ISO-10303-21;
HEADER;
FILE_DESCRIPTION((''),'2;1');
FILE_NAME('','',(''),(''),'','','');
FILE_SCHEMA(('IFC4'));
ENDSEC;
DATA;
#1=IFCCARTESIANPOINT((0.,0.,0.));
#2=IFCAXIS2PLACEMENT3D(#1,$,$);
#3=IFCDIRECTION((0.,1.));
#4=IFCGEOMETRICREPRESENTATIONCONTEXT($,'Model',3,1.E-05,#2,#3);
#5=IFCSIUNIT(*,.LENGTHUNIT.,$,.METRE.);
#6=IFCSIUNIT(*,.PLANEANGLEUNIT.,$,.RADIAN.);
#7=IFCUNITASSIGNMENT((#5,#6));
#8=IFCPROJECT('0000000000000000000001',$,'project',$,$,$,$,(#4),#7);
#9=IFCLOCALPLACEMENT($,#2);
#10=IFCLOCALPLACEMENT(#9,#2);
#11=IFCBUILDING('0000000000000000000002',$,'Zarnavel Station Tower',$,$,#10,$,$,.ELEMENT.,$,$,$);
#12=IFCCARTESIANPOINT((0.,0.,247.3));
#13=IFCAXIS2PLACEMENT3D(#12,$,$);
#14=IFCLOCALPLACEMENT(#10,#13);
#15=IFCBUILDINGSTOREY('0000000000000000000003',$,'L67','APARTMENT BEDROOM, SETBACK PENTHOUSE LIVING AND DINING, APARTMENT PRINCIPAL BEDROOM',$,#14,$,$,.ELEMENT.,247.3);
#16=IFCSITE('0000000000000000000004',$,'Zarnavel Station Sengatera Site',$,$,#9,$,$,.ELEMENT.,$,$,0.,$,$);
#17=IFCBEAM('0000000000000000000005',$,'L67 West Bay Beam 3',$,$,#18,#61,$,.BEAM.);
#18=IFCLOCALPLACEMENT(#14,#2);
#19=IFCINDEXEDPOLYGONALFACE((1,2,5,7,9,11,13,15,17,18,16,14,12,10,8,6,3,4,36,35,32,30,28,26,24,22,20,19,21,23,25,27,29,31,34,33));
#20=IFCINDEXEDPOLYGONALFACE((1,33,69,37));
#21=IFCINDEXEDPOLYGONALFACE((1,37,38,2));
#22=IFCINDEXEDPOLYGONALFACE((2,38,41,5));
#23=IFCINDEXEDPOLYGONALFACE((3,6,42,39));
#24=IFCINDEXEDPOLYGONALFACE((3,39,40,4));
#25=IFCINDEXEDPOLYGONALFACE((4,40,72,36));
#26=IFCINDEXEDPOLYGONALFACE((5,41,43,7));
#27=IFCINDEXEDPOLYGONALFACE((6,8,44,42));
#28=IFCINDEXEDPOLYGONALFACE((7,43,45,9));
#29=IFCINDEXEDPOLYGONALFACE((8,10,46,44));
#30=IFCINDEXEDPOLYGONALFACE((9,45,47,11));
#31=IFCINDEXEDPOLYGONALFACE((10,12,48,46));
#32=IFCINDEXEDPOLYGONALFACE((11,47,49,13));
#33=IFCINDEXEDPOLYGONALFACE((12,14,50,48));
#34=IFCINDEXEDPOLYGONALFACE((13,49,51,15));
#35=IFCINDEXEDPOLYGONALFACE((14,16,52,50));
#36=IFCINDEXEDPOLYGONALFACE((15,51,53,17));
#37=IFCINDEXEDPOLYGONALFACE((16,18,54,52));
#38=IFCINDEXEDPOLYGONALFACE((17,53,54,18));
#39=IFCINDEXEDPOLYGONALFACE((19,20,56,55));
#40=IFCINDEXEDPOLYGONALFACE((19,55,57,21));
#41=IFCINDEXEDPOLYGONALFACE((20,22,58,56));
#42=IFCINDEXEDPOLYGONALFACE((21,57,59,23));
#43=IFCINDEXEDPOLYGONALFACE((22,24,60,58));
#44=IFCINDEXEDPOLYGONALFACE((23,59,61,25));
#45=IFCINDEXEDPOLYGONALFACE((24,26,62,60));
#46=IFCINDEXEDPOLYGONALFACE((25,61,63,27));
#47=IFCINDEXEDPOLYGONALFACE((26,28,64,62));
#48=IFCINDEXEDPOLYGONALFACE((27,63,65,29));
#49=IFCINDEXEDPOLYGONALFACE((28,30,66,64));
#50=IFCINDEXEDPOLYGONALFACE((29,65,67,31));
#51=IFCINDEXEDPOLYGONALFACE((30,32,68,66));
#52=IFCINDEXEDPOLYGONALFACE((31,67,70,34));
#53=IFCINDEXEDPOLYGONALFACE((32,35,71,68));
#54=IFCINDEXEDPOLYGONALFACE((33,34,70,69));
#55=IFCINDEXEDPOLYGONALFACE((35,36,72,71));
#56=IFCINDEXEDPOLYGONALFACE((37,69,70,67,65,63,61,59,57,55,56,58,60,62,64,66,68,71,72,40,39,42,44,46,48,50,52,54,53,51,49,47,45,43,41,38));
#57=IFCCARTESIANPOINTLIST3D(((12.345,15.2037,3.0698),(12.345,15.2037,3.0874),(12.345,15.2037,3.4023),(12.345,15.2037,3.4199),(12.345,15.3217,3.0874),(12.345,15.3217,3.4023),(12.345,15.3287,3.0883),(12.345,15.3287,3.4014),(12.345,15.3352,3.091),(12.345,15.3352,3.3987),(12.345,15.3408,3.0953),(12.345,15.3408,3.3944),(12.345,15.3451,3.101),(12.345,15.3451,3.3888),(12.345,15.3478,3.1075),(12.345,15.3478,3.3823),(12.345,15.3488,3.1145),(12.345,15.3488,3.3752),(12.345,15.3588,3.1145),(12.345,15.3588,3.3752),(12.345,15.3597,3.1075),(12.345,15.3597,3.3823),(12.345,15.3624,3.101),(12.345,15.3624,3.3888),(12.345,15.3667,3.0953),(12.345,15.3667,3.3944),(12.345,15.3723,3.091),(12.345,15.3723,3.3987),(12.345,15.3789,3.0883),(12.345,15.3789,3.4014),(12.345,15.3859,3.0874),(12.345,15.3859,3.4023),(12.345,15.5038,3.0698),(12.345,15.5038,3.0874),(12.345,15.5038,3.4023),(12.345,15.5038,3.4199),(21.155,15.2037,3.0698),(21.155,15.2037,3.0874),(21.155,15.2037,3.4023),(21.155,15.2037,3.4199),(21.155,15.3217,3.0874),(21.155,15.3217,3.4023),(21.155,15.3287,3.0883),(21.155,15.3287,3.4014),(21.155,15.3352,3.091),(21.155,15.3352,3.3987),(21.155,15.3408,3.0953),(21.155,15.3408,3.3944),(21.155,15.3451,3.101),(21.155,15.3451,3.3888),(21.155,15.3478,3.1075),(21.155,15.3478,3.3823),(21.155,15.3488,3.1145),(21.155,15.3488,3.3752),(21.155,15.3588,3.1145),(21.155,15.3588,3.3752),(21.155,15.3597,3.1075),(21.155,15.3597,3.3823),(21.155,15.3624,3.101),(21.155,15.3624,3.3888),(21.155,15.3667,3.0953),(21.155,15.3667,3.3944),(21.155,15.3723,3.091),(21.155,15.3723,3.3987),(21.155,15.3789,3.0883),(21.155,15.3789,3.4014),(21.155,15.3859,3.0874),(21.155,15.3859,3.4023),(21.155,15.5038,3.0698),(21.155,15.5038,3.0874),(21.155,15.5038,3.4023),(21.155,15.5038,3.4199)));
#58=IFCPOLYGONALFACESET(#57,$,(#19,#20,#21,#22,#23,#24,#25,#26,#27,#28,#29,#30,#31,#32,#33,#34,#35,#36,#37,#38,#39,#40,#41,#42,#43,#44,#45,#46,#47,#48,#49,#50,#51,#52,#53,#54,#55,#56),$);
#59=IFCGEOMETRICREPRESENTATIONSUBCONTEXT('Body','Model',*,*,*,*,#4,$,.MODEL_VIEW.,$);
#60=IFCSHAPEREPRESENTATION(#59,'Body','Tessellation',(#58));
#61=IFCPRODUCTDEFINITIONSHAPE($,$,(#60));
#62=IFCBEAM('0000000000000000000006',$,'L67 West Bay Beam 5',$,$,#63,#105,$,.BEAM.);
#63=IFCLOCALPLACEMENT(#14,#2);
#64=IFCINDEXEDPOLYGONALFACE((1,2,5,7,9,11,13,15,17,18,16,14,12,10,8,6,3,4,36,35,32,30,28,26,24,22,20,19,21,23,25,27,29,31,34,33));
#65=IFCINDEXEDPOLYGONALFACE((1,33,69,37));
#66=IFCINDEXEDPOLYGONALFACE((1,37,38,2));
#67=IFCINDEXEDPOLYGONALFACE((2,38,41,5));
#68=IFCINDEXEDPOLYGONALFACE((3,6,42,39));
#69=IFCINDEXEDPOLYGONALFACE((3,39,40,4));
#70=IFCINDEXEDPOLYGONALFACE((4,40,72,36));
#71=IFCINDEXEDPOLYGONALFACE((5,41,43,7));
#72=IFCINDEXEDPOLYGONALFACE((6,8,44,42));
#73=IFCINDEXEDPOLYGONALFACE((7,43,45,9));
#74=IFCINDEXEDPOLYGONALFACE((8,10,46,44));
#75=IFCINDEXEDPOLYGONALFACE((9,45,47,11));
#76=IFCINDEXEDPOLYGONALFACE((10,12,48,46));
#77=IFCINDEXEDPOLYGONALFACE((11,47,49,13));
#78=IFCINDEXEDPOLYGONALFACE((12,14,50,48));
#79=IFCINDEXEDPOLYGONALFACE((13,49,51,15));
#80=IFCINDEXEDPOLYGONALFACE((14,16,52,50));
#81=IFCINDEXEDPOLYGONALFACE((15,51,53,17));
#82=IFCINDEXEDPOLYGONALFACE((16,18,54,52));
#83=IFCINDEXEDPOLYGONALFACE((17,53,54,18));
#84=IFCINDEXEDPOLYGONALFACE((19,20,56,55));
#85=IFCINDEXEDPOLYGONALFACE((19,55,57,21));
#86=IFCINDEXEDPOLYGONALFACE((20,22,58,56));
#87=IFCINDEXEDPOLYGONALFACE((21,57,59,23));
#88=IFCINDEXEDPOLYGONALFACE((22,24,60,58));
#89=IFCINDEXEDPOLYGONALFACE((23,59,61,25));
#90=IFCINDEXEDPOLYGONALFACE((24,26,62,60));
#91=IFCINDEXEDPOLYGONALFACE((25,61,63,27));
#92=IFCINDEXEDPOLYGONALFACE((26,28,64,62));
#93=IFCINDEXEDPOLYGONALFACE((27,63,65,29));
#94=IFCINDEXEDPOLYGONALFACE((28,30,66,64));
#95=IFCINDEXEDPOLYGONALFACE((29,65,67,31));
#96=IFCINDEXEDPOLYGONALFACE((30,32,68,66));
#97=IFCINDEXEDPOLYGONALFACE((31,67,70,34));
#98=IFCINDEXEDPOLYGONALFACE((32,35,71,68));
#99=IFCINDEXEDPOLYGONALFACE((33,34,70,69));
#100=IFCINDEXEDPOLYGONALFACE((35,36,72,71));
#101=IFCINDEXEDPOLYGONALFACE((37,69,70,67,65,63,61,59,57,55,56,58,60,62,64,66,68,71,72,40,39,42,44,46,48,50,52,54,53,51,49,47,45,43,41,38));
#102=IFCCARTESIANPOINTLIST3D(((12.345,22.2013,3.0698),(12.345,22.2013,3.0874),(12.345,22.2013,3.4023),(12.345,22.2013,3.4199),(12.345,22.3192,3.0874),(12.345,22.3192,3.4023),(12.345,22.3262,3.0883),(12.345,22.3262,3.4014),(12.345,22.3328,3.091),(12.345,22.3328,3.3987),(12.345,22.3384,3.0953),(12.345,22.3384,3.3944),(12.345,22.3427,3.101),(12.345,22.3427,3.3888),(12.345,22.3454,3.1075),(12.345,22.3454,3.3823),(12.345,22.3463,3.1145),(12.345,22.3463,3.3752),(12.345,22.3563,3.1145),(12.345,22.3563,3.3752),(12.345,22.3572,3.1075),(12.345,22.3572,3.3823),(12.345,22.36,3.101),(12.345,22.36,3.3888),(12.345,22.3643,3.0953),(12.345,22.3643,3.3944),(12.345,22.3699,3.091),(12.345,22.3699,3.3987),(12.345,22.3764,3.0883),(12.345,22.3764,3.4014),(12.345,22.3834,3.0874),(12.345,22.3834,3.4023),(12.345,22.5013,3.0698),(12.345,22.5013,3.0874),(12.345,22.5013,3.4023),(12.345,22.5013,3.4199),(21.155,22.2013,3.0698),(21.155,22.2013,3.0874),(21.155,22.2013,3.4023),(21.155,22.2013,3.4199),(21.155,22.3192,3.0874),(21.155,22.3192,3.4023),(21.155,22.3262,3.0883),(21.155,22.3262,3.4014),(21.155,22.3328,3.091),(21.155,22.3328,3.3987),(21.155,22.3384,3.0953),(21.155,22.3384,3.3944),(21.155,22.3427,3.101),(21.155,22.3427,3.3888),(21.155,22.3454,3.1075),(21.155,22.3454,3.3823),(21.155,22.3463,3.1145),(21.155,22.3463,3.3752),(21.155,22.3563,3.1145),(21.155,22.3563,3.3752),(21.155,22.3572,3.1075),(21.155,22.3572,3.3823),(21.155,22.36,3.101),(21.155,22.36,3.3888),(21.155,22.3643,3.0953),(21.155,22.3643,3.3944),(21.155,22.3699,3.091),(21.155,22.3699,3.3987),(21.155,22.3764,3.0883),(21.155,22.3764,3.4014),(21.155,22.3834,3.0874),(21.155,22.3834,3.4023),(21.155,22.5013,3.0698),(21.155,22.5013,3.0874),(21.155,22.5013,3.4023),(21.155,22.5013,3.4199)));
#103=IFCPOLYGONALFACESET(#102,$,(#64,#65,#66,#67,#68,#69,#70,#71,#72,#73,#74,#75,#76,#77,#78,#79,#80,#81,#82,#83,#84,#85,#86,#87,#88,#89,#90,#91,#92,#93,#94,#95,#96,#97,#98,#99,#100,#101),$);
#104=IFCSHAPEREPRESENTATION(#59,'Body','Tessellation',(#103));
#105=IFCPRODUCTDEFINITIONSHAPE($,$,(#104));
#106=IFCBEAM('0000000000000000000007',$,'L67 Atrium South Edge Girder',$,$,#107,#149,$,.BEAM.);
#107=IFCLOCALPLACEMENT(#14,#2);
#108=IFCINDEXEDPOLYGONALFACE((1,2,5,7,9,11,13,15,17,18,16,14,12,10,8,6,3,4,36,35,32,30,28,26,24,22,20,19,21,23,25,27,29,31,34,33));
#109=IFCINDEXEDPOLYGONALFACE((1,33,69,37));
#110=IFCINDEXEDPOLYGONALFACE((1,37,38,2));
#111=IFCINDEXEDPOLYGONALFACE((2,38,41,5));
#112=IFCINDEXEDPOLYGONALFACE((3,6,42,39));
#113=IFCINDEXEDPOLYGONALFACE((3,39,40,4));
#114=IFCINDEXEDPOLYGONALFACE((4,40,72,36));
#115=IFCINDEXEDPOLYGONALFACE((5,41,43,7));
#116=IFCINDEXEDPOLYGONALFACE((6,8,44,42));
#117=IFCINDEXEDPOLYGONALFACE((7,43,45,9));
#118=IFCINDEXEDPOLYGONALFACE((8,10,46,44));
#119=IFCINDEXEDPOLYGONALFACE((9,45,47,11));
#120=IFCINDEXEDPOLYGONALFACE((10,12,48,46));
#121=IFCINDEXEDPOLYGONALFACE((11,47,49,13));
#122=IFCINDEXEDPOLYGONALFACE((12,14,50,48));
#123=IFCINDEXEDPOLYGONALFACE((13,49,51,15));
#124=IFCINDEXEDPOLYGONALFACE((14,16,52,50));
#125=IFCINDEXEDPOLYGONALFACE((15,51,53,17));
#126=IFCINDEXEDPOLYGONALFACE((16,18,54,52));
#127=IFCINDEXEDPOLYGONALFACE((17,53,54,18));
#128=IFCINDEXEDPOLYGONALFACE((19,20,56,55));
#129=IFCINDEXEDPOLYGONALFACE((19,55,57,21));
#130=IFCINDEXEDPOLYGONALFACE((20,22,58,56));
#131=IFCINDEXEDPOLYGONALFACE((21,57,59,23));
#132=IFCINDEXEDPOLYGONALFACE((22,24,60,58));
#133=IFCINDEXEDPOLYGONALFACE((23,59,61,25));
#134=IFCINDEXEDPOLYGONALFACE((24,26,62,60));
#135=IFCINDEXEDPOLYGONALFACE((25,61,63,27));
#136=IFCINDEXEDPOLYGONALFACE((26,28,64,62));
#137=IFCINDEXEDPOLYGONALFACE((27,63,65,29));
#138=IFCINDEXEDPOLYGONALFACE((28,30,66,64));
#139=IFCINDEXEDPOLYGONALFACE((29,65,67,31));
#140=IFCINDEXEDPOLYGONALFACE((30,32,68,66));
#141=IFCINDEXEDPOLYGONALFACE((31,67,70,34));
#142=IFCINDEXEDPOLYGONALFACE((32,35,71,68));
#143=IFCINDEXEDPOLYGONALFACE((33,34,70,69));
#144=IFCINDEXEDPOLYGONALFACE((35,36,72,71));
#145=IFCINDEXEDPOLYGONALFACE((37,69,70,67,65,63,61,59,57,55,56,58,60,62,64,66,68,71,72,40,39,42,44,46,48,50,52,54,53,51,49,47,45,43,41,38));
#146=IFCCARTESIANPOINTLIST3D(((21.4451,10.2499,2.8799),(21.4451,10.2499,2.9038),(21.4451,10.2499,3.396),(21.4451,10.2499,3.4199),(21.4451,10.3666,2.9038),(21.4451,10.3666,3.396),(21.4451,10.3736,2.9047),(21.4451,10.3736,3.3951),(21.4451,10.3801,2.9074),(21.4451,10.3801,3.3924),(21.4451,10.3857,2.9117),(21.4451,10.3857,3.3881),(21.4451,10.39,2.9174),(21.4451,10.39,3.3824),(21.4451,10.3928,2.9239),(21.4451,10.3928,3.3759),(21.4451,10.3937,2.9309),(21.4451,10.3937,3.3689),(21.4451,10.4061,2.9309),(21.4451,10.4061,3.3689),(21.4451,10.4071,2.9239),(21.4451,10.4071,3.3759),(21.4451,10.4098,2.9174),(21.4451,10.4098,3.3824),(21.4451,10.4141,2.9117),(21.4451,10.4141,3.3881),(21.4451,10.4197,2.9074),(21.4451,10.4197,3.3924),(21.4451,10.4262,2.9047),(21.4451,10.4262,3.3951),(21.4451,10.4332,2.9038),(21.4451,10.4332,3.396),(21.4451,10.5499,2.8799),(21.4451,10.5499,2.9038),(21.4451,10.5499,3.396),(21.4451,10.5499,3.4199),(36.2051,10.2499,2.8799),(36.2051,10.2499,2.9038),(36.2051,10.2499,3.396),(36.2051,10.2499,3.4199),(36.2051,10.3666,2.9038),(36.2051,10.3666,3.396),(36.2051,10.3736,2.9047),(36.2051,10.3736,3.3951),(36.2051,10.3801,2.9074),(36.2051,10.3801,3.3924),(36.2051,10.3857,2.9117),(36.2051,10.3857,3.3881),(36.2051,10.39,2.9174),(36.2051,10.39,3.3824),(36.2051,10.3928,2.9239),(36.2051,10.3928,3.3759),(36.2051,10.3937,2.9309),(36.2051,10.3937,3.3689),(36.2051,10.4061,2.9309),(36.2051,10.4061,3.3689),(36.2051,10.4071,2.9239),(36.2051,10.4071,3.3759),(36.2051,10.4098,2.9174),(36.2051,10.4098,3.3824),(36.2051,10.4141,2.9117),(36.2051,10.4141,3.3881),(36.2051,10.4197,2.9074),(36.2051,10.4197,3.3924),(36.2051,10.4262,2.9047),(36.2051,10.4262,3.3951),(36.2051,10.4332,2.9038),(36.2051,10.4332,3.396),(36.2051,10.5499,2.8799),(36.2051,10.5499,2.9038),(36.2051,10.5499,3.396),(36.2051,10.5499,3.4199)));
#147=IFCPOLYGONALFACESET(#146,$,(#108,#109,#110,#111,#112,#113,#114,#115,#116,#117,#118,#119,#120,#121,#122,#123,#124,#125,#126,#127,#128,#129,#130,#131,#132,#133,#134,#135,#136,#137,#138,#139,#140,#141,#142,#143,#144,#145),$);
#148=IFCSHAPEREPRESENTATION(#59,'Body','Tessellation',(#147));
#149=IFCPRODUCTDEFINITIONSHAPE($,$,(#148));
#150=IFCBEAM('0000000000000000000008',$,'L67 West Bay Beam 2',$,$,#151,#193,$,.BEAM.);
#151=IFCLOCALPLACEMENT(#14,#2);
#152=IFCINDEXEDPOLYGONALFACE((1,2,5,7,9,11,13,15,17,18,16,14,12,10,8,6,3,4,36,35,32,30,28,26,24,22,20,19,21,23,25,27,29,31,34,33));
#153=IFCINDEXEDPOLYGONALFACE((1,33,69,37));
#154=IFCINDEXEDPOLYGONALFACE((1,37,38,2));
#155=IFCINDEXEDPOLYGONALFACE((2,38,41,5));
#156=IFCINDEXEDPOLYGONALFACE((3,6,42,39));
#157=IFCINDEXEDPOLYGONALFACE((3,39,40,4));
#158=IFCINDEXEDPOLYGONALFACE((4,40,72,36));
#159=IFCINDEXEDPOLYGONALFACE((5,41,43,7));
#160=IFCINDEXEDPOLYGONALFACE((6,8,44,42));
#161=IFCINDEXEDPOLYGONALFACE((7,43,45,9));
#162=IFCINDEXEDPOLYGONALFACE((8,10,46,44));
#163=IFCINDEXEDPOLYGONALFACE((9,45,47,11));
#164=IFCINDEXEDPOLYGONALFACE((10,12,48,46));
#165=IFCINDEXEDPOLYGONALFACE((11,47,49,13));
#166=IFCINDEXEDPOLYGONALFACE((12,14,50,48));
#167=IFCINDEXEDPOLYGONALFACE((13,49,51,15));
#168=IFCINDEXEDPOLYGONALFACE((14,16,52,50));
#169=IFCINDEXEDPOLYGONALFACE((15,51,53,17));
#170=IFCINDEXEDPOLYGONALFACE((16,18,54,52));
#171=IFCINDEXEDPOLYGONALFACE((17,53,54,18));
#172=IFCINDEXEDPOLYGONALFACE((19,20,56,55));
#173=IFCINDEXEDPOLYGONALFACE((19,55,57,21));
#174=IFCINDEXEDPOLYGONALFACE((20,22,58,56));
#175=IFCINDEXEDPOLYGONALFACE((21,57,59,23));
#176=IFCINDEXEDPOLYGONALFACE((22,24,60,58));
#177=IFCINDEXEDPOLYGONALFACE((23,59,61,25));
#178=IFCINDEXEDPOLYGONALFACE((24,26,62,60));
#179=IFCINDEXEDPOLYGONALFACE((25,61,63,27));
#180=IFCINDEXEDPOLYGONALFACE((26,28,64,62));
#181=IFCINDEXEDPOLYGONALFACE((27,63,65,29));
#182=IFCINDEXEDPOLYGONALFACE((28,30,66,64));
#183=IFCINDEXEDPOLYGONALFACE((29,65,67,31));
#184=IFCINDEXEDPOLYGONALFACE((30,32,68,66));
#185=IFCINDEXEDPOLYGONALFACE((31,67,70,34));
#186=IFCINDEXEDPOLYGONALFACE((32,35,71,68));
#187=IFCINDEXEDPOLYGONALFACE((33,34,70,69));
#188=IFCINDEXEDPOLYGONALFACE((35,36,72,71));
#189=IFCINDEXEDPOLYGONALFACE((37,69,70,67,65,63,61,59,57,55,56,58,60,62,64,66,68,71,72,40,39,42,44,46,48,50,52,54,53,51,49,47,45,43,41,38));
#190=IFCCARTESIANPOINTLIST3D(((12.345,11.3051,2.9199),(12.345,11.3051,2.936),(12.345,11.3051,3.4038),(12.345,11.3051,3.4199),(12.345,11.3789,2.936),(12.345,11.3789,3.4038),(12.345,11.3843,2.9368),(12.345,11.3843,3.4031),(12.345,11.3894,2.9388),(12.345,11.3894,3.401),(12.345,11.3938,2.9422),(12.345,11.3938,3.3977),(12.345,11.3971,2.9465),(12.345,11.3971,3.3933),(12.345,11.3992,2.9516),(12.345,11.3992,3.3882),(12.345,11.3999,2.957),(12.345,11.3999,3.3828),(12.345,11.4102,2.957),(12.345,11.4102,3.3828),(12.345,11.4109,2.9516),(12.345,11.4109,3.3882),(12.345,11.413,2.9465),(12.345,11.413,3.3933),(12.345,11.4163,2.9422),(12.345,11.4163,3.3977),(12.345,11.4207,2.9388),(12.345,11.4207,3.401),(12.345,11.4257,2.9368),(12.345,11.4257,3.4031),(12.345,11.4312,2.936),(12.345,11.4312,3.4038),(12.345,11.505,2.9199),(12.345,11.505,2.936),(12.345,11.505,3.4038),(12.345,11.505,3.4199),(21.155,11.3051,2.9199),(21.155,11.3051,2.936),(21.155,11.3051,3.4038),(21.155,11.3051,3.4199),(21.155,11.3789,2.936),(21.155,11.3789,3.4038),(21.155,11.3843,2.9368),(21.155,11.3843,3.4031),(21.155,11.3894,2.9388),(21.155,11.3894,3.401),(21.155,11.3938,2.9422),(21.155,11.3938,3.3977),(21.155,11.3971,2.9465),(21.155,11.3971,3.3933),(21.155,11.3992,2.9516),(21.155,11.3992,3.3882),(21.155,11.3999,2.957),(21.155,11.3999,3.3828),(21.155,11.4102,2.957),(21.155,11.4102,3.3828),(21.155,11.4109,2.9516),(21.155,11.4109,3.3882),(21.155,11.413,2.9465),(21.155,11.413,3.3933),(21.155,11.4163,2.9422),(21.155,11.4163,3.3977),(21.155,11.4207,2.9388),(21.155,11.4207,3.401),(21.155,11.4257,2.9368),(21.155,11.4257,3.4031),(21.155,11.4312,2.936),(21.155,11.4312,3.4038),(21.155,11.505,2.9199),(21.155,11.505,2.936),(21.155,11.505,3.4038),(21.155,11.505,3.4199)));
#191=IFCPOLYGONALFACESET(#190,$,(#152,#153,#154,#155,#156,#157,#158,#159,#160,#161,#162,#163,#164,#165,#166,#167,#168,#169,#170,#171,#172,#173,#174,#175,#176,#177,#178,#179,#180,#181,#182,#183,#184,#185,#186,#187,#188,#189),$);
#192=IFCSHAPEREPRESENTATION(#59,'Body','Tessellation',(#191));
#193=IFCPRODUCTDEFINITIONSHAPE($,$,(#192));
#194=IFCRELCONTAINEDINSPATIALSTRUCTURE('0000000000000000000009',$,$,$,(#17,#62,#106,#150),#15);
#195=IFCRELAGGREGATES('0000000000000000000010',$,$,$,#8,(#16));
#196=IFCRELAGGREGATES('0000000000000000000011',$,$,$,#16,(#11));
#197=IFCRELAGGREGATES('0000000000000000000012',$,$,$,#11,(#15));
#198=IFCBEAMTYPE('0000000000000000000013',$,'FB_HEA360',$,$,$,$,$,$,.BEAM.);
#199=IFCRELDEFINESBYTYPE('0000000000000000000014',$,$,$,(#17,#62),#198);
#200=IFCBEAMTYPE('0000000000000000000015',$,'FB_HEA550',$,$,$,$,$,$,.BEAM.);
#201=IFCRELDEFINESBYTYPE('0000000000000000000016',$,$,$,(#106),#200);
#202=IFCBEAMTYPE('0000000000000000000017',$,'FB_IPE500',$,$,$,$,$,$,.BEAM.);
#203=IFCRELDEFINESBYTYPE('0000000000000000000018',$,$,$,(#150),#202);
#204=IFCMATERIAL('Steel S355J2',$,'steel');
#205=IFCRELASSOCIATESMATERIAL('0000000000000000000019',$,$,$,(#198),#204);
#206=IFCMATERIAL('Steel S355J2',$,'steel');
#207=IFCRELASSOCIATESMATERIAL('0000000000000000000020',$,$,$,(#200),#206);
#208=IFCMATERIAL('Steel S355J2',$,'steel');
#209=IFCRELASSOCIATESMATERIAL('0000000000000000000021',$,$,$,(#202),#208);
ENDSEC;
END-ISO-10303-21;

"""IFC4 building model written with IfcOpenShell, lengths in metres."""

from ifc_helpers import new_model, si_unit, direction, frame, origin, origin_2d, place, context, subcontext, project, spatial, i_section, extrude, material, material_profile, profile_set, type_object, element, save


model = new_model("IFC4")

# Units and contexts
model_context = context("Model", 3, precision=1e-05, world=origin(), true_north=direction((0.0, 1.0)))
body_context = subcontext(model_context, "Body", "Model", "MODEL_VIEW")
ifc_project = project(units=[si_unit("LENGTHUNIT", "METRE"), si_unit("PLANEANGLEUNIT", "RADIAN")], contexts=[model_context])

# Site, building, storey
site_placement = place(None, origin())
site = spatial("IfcSite", under=ifc_project, at=site_placement, Name="Zarnavel Station Sengatera Site", CompositionType="ELEMENT", RefElevation=0.0)
building_placement = place(site_placement, origin())
building = spatial("IfcBuilding", under=site, at=building_placement, Name="Zarnavel Station Tower", CompositionType="ELEMENT")
storey_placement = place(building_placement, frame((0.0, 0.0, 247.3)))
storey = spatial("IfcBuildingStorey", under=building, at=storey_placement, Name="L67", Description="APARTMENT BEDROOM, SETBACK PENTHOUSE LIVING AND DINING, APARTMENT PRINCIPAL BEDROOM", CompositionType="ELEMENT", Elevation=247.3)

# Beams
ifc_material_1 = material(Name="Steel S355J2", Category="steel")
ifc_material_profile_1 = material_profile(ifc_material_1, i_section(OverallWidth=0.3, OverallDepth=0.3501, WebThickness=0.01, FlangeThickness=0.0176, FilletRadius=0.0271, at=origin_2d()), Name="HEA360")
ifc_profile_set_1 = profile_set([ifc_material_profile_1], Name="Steel S355J2")
beam_type_1 = type_object("IfcBeamType", Name="FB_HEA360", PredefinedType="BEAM", material=ifc_profile_set_1)
for number, where, z_axis, x_axis, name in (
    (1, (12.345, 15.3538, 3.2449), (1.0, 0.0, 0.0), (0.0, 1.0, 0.0), "L67 West Bay Beam 3"),
    (2, (12.345, 22.3513, 3.2449), (1.0, 0.0, 0.0), (0.0, 1.0, 0.0), "L67 West Bay Beam 5"),
):
    element("IfcBeam", number, at=place(storey_placement, frame(where, z_axis=z_axis, x_axis=x_axis)), inside=storey, type_object=beam_type_1, Name=name, PredefinedType="BEAM", context=body_context, shape_type="SweptSolid", body=[
        extrude(i_section(OverallWidth=0.3, OverallDepth=0.3501, WebThickness=0.01, FlangeThickness=0.0176, FilletRadius=0.0271, at=origin_2d()), origin(), (0.0, 0.0, 1.0), 8.8101),
    ])
ifc_material_2 = material(Name="Steel S355J2", Category="steel")
ifc_material_profile_2 = material_profile(ifc_material_2, i_section(OverallWidth=0.3, OverallDepth=0.54, WebThickness=0.0125, FlangeThickness=0.0239, FilletRadius=0.0271, at=origin_2d()), Name="HEA550")
ifc_profile_set_2 = profile_set([ifc_material_profile_2], Name="Steel S355J2")
beam_type_2 = type_object("IfcBeamType", Name="FB_HEA550", PredefinedType="BEAM", material=ifc_profile_set_2)
beam_placement = place(storey_placement, frame((21.4451, 10.3999, 3.1499), z_axis=(1.0, 0.0, 0.0), x_axis=(0.0, 1.0, 0.0)))
element("IfcBeam", 3, at=beam_placement, inside=storey, type_object=beam_type_2, Name="L67 Atrium South Edge Girder", PredefinedType="BEAM", context=body_context, shape_type="SweptSolid", body=[
    extrude(i_section(OverallWidth=0.3, OverallDepth=0.54, WebThickness=0.0125, FlangeThickness=0.0239, FilletRadius=0.0271, at=origin_2d()), origin(), (0.0, 0.0, 1.0), 14.76),
])
ifc_material_3 = material(Name="Steel S355J2", Category="steel")
ifc_material_profile_3 = material_profile(ifc_material_3, i_section(OverallWidth=0.2, OverallDepth=0.5, WebThickness=0.0103, FlangeThickness=0.0161, FilletRadius=0.021, at=origin_2d()), Name="IPE500")
ifc_profile_set_3 = profile_set([ifc_material_profile_3], Name="Steel S355J2")
beam_type_3 = type_object("IfcBeamType", Name="FB_IPE500", PredefinedType="BEAM", material=ifc_profile_set_3)
for number, where, z_axis, x_axis, name in (
    (4, (12.345, 11.405, 3.1699), (1.0, 0.0, 0.0), (0.0, 1.0, 0.0), "L67 West Bay Beam 2"),
):
    element("IfcBeam", number, at=place(storey_placement, frame(where, z_axis=z_axis, x_axis=x_axis)), inside=storey, type_object=beam_type_3, Name=name, PredefinedType="BEAM", context=body_context, shape_type="SweptSolid", body=[
        extrude(i_section(OverallWidth=0.2, OverallDepth=0.5, WebThickness=0.0103, FlangeThickness=0.0161, FilletRadius=0.021, at=origin_2d()), origin(), (0.0, 0.0, 1.0), 8.8101),
    ])

save(model, "model.ifc")
